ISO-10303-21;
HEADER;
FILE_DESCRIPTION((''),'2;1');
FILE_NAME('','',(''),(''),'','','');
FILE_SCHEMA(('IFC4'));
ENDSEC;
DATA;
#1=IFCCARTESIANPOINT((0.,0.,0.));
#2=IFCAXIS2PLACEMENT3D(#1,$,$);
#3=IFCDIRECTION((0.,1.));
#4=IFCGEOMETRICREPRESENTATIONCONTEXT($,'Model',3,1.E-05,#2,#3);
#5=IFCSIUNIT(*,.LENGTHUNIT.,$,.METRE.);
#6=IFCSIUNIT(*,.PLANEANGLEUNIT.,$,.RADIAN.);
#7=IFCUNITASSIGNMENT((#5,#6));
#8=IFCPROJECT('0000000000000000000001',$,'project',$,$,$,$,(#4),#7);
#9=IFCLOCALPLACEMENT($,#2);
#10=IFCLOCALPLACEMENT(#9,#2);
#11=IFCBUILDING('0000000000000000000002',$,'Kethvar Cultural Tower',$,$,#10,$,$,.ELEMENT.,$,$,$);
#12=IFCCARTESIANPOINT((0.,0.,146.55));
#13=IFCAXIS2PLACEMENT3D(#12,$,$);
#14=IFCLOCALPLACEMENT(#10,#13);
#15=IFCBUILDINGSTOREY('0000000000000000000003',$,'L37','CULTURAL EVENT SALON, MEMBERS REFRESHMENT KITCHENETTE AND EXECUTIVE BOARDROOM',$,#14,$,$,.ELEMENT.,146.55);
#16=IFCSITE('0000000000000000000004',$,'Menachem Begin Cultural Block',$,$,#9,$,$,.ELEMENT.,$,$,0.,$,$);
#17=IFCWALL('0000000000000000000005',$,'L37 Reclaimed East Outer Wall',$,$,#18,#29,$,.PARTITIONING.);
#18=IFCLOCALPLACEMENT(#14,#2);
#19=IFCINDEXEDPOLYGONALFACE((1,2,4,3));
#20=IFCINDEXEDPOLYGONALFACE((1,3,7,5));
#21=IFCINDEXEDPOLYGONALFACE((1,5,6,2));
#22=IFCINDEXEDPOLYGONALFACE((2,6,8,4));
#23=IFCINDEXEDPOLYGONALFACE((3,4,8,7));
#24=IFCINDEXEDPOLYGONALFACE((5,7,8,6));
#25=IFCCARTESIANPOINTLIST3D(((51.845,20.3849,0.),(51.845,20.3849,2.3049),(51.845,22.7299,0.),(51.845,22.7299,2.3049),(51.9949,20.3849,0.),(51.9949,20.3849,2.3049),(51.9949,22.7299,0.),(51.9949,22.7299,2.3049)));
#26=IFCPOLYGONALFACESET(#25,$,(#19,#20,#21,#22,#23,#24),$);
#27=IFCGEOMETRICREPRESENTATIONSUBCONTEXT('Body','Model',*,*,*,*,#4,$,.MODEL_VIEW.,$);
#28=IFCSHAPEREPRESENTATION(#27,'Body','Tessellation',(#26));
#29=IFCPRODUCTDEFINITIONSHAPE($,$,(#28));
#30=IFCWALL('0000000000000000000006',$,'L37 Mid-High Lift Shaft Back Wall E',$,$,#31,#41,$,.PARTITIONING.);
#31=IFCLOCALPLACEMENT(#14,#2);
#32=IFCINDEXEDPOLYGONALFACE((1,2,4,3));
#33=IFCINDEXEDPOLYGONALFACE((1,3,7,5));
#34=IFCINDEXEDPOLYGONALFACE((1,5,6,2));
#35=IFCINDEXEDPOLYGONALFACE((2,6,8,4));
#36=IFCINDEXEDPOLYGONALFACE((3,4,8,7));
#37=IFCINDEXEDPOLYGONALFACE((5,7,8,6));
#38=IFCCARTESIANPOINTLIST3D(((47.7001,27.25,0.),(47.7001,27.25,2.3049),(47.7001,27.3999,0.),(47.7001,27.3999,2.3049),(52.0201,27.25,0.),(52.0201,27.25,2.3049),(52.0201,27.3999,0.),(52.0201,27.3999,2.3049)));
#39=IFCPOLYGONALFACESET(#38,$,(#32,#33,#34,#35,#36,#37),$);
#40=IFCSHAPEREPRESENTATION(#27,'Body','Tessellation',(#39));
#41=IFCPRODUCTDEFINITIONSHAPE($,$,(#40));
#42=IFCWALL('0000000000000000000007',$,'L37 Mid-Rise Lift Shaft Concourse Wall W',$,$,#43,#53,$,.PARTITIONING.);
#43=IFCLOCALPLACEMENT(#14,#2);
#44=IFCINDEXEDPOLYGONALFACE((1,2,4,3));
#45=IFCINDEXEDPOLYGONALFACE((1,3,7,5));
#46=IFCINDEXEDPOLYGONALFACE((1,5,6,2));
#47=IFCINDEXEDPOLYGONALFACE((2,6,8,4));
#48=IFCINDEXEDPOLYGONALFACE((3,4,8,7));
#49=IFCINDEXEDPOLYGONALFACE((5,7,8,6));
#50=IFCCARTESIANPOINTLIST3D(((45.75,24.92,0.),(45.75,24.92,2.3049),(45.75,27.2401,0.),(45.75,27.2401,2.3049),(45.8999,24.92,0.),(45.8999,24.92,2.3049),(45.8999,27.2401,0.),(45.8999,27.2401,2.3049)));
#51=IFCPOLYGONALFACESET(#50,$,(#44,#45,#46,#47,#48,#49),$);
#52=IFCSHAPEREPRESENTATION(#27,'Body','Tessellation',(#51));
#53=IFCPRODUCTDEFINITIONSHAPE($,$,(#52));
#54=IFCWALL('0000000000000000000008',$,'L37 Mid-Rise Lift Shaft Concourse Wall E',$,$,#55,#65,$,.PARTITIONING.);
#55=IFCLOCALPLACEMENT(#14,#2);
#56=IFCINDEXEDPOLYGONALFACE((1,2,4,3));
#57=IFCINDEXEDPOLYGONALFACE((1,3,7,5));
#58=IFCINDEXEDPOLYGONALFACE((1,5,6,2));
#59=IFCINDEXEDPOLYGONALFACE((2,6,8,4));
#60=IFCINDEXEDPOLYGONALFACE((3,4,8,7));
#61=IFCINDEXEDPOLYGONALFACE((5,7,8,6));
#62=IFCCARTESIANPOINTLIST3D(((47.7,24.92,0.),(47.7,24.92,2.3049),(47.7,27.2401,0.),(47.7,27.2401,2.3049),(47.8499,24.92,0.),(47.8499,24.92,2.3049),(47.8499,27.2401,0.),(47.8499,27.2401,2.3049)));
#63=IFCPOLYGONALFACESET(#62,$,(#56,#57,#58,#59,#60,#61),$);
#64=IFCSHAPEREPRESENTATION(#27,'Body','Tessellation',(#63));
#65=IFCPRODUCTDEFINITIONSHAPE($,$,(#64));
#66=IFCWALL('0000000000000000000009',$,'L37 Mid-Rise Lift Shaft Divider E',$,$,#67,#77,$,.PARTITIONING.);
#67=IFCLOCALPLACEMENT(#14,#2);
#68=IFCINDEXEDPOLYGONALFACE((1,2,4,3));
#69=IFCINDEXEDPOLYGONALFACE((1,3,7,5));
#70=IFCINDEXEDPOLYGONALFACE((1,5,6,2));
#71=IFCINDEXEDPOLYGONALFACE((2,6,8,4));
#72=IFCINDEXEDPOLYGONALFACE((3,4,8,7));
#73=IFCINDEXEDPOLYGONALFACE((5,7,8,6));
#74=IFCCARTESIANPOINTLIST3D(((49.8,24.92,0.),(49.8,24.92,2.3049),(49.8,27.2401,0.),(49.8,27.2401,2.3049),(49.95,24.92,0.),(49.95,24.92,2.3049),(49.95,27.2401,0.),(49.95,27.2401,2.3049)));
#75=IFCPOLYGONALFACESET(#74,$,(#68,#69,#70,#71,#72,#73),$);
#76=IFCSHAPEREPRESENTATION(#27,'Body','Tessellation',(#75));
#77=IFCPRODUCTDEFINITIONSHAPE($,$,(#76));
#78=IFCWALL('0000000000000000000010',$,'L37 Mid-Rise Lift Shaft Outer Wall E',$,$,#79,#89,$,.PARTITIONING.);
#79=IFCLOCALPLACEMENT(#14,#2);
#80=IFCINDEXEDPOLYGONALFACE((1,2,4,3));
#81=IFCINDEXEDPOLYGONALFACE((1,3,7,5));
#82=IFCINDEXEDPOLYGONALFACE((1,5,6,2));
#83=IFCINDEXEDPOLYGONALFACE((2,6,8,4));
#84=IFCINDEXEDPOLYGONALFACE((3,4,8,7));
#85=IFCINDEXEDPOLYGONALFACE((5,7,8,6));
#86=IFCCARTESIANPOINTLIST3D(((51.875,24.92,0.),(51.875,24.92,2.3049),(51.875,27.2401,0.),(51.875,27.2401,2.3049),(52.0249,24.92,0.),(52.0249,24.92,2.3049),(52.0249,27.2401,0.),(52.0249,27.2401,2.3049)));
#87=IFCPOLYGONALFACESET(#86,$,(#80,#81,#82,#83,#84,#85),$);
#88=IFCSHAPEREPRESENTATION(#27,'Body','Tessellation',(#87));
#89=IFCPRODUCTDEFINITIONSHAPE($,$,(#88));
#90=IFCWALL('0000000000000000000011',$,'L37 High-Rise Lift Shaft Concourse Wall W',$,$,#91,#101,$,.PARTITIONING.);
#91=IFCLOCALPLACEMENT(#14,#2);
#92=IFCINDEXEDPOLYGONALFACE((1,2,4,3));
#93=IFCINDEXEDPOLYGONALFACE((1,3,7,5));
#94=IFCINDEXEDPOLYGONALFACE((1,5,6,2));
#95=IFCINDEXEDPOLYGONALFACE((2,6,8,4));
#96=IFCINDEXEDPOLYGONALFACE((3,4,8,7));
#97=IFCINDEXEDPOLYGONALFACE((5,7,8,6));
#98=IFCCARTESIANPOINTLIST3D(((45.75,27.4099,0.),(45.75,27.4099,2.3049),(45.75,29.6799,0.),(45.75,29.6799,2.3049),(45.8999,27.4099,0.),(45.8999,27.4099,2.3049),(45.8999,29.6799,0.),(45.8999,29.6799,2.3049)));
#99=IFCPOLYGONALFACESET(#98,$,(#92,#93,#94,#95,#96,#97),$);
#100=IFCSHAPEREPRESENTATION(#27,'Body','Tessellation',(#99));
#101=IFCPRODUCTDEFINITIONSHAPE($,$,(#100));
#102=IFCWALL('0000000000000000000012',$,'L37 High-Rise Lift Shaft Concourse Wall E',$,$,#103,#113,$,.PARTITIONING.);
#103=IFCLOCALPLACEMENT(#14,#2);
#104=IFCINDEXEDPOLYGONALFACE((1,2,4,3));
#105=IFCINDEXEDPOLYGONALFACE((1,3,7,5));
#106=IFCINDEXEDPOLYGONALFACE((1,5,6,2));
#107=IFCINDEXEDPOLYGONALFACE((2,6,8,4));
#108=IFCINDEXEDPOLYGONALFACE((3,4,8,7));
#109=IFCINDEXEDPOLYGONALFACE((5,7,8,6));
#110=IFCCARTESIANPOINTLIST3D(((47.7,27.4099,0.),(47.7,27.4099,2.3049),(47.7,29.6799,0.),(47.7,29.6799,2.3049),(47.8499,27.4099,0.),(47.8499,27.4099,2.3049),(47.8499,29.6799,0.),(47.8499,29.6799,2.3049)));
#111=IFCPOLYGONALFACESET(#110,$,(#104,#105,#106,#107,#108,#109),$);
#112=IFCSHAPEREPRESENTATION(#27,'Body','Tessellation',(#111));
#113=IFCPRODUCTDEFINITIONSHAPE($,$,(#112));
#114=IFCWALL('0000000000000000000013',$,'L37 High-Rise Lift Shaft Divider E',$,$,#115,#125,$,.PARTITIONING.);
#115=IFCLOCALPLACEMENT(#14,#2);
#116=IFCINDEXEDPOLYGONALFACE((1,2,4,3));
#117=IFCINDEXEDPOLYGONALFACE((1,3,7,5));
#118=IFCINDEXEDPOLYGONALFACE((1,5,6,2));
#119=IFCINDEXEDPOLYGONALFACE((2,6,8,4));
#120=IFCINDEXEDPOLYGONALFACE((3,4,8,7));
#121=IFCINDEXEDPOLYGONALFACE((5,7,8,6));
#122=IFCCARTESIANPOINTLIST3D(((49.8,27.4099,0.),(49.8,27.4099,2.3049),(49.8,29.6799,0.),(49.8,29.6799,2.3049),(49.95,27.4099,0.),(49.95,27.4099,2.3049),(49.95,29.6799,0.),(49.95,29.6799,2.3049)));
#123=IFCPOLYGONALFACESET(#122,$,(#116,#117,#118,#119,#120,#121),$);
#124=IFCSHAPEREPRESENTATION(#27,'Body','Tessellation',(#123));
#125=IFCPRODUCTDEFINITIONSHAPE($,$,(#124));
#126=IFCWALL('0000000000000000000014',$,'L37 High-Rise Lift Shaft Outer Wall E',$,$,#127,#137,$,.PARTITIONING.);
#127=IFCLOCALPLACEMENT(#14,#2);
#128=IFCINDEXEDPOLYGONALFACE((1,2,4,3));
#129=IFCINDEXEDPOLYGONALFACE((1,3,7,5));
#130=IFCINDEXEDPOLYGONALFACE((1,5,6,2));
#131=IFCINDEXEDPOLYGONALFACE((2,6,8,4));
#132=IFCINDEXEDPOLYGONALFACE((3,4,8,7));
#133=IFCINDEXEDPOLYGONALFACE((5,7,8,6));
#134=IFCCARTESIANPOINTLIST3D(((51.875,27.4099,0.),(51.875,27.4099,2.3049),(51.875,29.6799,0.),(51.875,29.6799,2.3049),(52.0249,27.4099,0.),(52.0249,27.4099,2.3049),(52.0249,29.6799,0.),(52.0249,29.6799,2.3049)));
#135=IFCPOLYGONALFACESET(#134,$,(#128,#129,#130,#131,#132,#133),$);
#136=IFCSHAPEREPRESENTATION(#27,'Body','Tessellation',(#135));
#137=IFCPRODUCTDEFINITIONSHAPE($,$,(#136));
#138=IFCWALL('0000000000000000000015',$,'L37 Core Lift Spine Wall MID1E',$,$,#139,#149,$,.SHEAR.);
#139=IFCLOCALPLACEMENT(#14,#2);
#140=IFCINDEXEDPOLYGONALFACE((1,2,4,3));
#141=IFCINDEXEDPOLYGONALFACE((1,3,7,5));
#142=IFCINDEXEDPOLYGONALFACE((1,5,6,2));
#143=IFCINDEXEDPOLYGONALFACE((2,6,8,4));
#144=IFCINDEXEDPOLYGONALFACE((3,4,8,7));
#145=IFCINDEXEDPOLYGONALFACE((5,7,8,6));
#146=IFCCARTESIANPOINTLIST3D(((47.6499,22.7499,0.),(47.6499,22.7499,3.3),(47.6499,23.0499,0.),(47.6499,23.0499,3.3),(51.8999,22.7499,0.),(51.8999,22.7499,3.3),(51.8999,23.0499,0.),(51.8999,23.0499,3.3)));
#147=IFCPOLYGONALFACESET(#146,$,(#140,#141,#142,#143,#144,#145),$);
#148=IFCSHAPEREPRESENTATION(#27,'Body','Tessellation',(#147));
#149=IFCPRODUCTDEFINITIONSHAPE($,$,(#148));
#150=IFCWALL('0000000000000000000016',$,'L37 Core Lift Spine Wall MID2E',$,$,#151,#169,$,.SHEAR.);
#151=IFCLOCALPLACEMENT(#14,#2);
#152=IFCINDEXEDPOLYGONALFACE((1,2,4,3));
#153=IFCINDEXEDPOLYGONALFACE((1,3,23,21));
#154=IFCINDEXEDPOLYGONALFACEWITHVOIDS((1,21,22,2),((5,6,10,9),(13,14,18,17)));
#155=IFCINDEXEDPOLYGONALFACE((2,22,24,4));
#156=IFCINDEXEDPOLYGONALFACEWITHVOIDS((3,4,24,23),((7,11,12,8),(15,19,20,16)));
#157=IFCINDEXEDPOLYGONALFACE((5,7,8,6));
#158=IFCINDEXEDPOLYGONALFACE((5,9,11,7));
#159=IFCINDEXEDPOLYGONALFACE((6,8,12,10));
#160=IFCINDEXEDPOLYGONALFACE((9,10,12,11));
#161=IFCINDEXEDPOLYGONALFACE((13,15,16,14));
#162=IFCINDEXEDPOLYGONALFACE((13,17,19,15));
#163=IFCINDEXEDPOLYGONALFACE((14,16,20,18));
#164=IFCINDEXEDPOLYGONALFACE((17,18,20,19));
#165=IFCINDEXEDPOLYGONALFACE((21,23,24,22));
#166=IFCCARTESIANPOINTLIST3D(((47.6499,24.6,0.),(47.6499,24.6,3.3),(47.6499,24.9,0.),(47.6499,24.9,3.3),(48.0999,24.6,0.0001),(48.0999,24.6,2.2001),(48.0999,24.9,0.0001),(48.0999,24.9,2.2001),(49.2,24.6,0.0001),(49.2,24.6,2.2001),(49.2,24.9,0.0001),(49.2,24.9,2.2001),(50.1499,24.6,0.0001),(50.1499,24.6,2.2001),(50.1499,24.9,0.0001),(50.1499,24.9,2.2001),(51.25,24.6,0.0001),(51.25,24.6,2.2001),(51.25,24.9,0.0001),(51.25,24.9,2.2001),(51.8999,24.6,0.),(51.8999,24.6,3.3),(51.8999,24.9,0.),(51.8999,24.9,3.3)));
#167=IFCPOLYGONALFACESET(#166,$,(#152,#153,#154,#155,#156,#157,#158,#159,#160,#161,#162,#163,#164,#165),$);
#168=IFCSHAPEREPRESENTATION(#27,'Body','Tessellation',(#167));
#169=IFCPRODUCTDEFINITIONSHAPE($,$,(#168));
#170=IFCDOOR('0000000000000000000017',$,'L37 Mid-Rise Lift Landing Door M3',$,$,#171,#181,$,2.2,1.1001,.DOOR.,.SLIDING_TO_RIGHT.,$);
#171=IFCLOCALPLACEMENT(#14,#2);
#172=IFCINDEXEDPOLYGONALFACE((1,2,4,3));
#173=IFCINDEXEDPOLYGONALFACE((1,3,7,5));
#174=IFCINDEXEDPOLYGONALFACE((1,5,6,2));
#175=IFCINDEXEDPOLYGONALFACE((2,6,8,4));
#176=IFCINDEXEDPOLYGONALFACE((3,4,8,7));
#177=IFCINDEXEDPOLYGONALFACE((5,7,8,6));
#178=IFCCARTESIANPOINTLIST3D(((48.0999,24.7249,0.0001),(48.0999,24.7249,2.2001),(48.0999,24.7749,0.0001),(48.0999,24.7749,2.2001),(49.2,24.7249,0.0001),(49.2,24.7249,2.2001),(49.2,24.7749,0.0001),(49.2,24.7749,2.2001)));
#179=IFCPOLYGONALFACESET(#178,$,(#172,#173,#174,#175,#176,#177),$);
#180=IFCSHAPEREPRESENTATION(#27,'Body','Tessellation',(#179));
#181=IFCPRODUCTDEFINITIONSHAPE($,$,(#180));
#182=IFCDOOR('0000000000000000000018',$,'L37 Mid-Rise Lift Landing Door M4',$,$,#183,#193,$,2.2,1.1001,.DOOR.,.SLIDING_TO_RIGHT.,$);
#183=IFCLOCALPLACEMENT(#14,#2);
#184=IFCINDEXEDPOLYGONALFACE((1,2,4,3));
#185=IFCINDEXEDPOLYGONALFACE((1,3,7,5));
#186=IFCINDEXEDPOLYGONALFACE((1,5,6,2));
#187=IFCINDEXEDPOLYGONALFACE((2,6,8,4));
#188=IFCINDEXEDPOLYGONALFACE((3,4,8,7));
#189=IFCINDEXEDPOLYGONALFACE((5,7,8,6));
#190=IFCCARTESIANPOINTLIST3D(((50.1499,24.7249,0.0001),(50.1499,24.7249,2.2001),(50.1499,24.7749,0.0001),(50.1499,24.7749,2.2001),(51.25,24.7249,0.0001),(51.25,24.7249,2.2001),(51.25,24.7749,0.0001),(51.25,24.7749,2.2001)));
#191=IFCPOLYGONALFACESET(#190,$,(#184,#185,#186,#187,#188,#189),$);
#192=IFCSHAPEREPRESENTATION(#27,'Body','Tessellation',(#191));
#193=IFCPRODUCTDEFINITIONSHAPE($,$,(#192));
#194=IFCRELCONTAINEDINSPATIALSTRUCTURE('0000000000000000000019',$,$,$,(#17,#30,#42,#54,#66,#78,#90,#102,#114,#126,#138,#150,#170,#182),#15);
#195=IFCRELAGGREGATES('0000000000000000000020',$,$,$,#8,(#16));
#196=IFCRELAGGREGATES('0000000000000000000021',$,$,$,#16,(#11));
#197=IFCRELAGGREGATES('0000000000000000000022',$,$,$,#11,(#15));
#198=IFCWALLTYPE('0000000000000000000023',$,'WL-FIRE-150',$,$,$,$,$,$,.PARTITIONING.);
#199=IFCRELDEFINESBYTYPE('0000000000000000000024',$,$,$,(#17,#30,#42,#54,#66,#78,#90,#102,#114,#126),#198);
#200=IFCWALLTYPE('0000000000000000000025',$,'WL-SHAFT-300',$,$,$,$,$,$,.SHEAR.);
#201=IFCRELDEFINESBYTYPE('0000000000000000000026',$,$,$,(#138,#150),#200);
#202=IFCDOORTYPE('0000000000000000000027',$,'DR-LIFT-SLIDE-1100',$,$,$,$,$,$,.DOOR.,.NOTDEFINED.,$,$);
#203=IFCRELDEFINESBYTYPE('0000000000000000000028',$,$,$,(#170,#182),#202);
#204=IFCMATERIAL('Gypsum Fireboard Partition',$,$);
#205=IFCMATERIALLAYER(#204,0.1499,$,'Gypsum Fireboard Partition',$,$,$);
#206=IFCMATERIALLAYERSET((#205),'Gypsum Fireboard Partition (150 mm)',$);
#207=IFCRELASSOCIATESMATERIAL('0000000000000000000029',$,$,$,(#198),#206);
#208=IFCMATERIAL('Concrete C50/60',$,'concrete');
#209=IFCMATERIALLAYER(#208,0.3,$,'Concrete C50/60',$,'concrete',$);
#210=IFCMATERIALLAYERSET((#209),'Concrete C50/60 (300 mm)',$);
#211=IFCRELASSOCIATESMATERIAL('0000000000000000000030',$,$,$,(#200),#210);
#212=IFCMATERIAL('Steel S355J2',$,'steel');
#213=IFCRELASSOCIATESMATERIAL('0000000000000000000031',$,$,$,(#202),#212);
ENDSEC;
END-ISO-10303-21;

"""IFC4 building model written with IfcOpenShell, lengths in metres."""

from ifc_helpers import new_model, si_unit, direction, frame, frame_2d, origin, place, context, subcontext, project, spatial, rectangle, extrude, source, transform, mapped, material, layer, layer_set, type_object, element, fill, save


model = new_model("IFC4")

# Units and contexts
model_context = context("Model", 3, precision=1e-05, world=origin(), true_north=direction((0.0, 1.0)))
body_context = subcontext(model_context, "Body", "Model", "MODEL_VIEW")
ifc_project = project(units=[si_unit("LENGTHUNIT", "METRE"), si_unit("PLANEANGLEUNIT", "RADIAN")], contexts=[model_context])

# Site, building, storey
site_placement = place(None, origin())
site = spatial("IfcSite", under=ifc_project, at=site_placement, Name="Menachem Begin Cultural Block", CompositionType="ELEMENT", RefElevation=0.0)
building_placement = place(site_placement, origin())
building = spatial("IfcBuilding", under=site, at=building_placement, Name="Kethvar Cultural Tower", CompositionType="ELEMENT")
storey_placement = place(building_placement, frame((0.0, 0.0, 146.55)))
storey = spatial("IfcBuildingStorey", under=building, at=storey_placement, Name="L37", Description="CULTURAL EVENT SALON, MEMBERS REFRESHMENT KITCHENETTE AND EXECUTIVE BOARDROOM", CompositionType="ELEMENT", Elevation=146.55)

# Shared definitions
ifc_material_1 = material(Name="Steel S355J2", Category="steel")

# Walls
ifc_material_2 = material(Name="Gypsum Fireboard Partition")
ifc_layer_1 = layer(ifc_material_2, 0.1499, Name="Gypsum Fireboard Partition")
ifc_layer_set_1 = layer_set([ifc_layer_1], Name="Gypsum Fireboard Partition (150 mm)")
wall_type_1 = type_object("IfcWallType", Name="WL-FIRE-150", PredefinedType="PARTITIONING", material=ifc_layer_set_1)
wall_1_placement = place(storey_placement, frame((51.9199, 20.385, 0.0), z_axis=(0.0, 0.0, 1.0), x_axis=(0.0, 1.0, 0.0)))
element("IfcWall", 1, at=wall_1_placement, inside=storey, type_object=wall_type_1, Name="L37 Reclaimed East Outer Wall", PredefinedType="PARTITIONING", context=body_context, shape_type="SweptSolid", body=[
    extrude(rectangle(XDim=2.345, YDim=0.1499, at=frame_2d((1.1724, 0.0))), origin(), (0.0, 0.0, 1.0), 2.3049),
])
wall_2_placement = place(storey_placement, frame((47.7, 27.325, 0.0), z_axis=(0.0, 0.0, 1.0), x_axis=(1.0, 0.0, 0.0)))
element("IfcWall", 2, at=wall_2_placement, inside=storey, type_object=wall_type_1, Name="L37 Mid-High Lift Shaft Back Wall E", PredefinedType="PARTITIONING", context=body_context, shape_type="SweptSolid", body=[
    extrude(rectangle(XDim=4.3201, YDim=0.1499, at=frame_2d((2.1602, 0.0))), origin(), (0.0, 0.0, 1.0), 2.3049),
])
for number, where, z_axis, x_axis, name in (
    (3, (45.825, 24.9199, 0.0), (0.0, 0.0, 1.0), (0.0, 1.0, 0.0), "L37 Mid-Rise Lift Shaft Concourse Wall W"),
    (4, (47.7749, 24.9199, 0.0), (0.0, 0.0, 1.0), (0.0, 1.0, 0.0), "L37 Mid-Rise Lift Shaft Concourse Wall E"),
    (5, (49.875, 24.9199, 0.0), (0.0, 0.0, 1.0), (0.0, 1.0, 0.0), "L37 Mid-Rise Lift Shaft Divider E"),
    (6, (51.95, 24.9199, 0.0), (0.0, 0.0, 1.0), (0.0, 1.0, 0.0), "L37 Mid-Rise Lift Shaft Outer Wall E"),
):
    element("IfcWall", number, at=place(storey_placement, frame(where, z_axis=z_axis, x_axis=x_axis)), inside=storey, type_object=wall_type_1, Name=name, PredefinedType="PARTITIONING", context=body_context, shape_type="SweptSolid", body=[
        extrude(rectangle(XDim=2.3201, YDim=0.1499, at=frame_2d((1.1602, 0.0))), origin(), (0.0, 0.0, 1.0), 2.3049),
    ])
for number, where, z_axis, x_axis, name in (
    (7, (45.825, 27.4099, 0.0), (0.0, 0.0, 1.0), (0.0, 1.0, 0.0), "L37 High-Rise Lift Shaft Concourse Wall W"),
    (8, (47.7749, 27.4099, 0.0), (0.0, 0.0, 1.0), (0.0, 1.0, 0.0), "L37 High-Rise Lift Shaft Concourse Wall E"),
    (9, (49.875, 27.4099, 0.0), (0.0, 0.0, 1.0), (0.0, 1.0, 0.0), "L37 High-Rise Lift Shaft Divider E"),
    (10, (51.95, 27.4099, 0.0), (0.0, 0.0, 1.0), (0.0, 1.0, 0.0), "L37 High-Rise Lift Shaft Outer Wall E"),
):
    element("IfcWall", number, at=place(storey_placement, frame(where, z_axis=z_axis, x_axis=x_axis)), inside=storey, type_object=wall_type_1, Name=name, PredefinedType="PARTITIONING", context=body_context, shape_type="SweptSolid", body=[
        extrude(rectangle(XDim=2.27, YDim=0.1499, at=frame_2d((1.135, 0.0))), origin(), (0.0, 0.0, 1.0), 2.3049),
    ])
ifc_material_3 = material(Name="Concrete C50/60", Category="concrete")
ifc_layer_2 = layer(ifc_material_3, 0.3, Name="Concrete C50/60", Category="concrete")
ifc_layer_set_2 = layer_set([ifc_layer_2], Name="Concrete C50/60 (300 mm)")
wall_type_2 = type_object("IfcWallType", Name="WL-SHAFT-300", PredefinedType="SHEAR", material=ifc_layer_set_2)
wall_3_placement = place(storey_placement, frame((47.6499, 22.8999, 0.0), z_axis=(0.0, 0.0, 1.0), x_axis=(1.0, 0.0, 0.0)))
element("IfcWall", 11, at=wall_3_placement, inside=storey, type_object=wall_type_2, Name="L37 Core Lift Spine Wall MID1E", PredefinedType="SHEAR", context=body_context, shape_type="SweptSolid", body=[
    extrude(rectangle(XDim=4.25, YDim=0.3, at=frame_2d((2.125, 0.0))), origin(), (0.0, 0.0, 1.0), 3.3),
])

# Wall, openings, doors
wall_4_placement = place(storey_placement, frame((47.6499, 24.75, 0.0), z_axis=(0.0, 0.0, 1.0), x_axis=(1.0, 0.0, 0.0)))
wall_4 = element("IfcWall", 12, at=wall_4_placement, inside=storey, type_object=wall_type_2, Name="L37 Core Lift Spine Wall MID2E", PredefinedType="SHEAR", context=body_context, shape_type="SweptSolid", body=[
    extrude(rectangle(XDim=4.25, YDim=0.3, at=frame_2d((2.125, 0.0))), origin(), (0.0, 0.0, 1.0), 3.3),
])
opening_1_placement = place(wall_4_placement, frame((0.45, 0.0, 0.0)))
opening_1 = element("IfcOpeningElement", 13, at=opening_1_placement, cuts=wall_4, PredefinedType="OPENING", context=body_context, shape_type="SweptSolid", body=[
    extrude(rectangle(XDim=1.1001, YDim=2.2, at=frame_2d((0.55, 1.1001))), frame((0.0, 0.1599, 0.0), z_axis=(0.0, -1.0, 0.0), x_axis=(1.0, 0.0, 0.0)), (0.0, 0.0, 1.0), 0.3201),
])
opening_2_placement = place(wall_4_placement, frame((2.5, 0.0, 0.0)))
opening_2 = element("IfcOpeningElement", 14, at=opening_2_placement, cuts=wall_4, PredefinedType="OPENING", context=body_context, shape_type="SweptSolid", body=[
    extrude(rectangle(XDim=1.1001, YDim=2.2, at=frame_2d((0.55, 1.1001))), frame((0.0, 0.1599, 0.0), z_axis=(0.0, -1.0, 0.0), x_axis=(1.0, 0.0, 0.0)), (0.0, 0.0, 1.0), 0.3201),
])
door_type = type_object("IfcDoorType", Name="DR-LIFT-SLIDE-1100", OperationType="NOTDEFINED", PredefinedType="DOOR", material=ifc_material_1)
shared_shape_1 = source(origin(), body_context, "Body", "SweptSolid", [
    extrude(rectangle(XDim=1.1001, YDim=2.2, at=frame_2d((0.55, 1.1001))), frame((0.0, 0.0249, 0.0), z_axis=(0.0, -1.0, 0.0), x_axis=(1.0, 0.0, 0.0)), (0.0, 0.0, 1.0), 0.05),
])
door_1_placement = place(opening_1_placement, origin())
door_1 = element("IfcDoor", 15, at=door_1_placement, inside=storey, type_object=door_type, Name="L37 Mid-Rise Lift Landing Door M3", OperationType="SLIDING_TO_RIGHT", OverallHeight=2.2, OverallWidth=1.1001, PredefinedType="DOOR", context=body_context, shape_type="MappedRepresentation", body=[
    mapped(shared_shape_1, transform((0.0, 0.0, 0.0), scale=1.0)),
])
fill(opening_1, door_1)
door_2_placement = place(opening_2_placement, origin())
door_2 = element("IfcDoor", 16, at=door_2_placement, inside=storey, type_object=door_type, Name="L37 Mid-Rise Lift Landing Door M4", OperationType="SLIDING_TO_RIGHT", OverallHeight=2.2, OverallWidth=1.1001, PredefinedType="DOOR", context=body_context, shape_type="MappedRepresentation", body=[
    mapped(shared_shape_1, transform((0.0, 0.0, 0.0), scale=1.0)),
])
fill(opening_2, door_2)

save(model, "model.ifc")
